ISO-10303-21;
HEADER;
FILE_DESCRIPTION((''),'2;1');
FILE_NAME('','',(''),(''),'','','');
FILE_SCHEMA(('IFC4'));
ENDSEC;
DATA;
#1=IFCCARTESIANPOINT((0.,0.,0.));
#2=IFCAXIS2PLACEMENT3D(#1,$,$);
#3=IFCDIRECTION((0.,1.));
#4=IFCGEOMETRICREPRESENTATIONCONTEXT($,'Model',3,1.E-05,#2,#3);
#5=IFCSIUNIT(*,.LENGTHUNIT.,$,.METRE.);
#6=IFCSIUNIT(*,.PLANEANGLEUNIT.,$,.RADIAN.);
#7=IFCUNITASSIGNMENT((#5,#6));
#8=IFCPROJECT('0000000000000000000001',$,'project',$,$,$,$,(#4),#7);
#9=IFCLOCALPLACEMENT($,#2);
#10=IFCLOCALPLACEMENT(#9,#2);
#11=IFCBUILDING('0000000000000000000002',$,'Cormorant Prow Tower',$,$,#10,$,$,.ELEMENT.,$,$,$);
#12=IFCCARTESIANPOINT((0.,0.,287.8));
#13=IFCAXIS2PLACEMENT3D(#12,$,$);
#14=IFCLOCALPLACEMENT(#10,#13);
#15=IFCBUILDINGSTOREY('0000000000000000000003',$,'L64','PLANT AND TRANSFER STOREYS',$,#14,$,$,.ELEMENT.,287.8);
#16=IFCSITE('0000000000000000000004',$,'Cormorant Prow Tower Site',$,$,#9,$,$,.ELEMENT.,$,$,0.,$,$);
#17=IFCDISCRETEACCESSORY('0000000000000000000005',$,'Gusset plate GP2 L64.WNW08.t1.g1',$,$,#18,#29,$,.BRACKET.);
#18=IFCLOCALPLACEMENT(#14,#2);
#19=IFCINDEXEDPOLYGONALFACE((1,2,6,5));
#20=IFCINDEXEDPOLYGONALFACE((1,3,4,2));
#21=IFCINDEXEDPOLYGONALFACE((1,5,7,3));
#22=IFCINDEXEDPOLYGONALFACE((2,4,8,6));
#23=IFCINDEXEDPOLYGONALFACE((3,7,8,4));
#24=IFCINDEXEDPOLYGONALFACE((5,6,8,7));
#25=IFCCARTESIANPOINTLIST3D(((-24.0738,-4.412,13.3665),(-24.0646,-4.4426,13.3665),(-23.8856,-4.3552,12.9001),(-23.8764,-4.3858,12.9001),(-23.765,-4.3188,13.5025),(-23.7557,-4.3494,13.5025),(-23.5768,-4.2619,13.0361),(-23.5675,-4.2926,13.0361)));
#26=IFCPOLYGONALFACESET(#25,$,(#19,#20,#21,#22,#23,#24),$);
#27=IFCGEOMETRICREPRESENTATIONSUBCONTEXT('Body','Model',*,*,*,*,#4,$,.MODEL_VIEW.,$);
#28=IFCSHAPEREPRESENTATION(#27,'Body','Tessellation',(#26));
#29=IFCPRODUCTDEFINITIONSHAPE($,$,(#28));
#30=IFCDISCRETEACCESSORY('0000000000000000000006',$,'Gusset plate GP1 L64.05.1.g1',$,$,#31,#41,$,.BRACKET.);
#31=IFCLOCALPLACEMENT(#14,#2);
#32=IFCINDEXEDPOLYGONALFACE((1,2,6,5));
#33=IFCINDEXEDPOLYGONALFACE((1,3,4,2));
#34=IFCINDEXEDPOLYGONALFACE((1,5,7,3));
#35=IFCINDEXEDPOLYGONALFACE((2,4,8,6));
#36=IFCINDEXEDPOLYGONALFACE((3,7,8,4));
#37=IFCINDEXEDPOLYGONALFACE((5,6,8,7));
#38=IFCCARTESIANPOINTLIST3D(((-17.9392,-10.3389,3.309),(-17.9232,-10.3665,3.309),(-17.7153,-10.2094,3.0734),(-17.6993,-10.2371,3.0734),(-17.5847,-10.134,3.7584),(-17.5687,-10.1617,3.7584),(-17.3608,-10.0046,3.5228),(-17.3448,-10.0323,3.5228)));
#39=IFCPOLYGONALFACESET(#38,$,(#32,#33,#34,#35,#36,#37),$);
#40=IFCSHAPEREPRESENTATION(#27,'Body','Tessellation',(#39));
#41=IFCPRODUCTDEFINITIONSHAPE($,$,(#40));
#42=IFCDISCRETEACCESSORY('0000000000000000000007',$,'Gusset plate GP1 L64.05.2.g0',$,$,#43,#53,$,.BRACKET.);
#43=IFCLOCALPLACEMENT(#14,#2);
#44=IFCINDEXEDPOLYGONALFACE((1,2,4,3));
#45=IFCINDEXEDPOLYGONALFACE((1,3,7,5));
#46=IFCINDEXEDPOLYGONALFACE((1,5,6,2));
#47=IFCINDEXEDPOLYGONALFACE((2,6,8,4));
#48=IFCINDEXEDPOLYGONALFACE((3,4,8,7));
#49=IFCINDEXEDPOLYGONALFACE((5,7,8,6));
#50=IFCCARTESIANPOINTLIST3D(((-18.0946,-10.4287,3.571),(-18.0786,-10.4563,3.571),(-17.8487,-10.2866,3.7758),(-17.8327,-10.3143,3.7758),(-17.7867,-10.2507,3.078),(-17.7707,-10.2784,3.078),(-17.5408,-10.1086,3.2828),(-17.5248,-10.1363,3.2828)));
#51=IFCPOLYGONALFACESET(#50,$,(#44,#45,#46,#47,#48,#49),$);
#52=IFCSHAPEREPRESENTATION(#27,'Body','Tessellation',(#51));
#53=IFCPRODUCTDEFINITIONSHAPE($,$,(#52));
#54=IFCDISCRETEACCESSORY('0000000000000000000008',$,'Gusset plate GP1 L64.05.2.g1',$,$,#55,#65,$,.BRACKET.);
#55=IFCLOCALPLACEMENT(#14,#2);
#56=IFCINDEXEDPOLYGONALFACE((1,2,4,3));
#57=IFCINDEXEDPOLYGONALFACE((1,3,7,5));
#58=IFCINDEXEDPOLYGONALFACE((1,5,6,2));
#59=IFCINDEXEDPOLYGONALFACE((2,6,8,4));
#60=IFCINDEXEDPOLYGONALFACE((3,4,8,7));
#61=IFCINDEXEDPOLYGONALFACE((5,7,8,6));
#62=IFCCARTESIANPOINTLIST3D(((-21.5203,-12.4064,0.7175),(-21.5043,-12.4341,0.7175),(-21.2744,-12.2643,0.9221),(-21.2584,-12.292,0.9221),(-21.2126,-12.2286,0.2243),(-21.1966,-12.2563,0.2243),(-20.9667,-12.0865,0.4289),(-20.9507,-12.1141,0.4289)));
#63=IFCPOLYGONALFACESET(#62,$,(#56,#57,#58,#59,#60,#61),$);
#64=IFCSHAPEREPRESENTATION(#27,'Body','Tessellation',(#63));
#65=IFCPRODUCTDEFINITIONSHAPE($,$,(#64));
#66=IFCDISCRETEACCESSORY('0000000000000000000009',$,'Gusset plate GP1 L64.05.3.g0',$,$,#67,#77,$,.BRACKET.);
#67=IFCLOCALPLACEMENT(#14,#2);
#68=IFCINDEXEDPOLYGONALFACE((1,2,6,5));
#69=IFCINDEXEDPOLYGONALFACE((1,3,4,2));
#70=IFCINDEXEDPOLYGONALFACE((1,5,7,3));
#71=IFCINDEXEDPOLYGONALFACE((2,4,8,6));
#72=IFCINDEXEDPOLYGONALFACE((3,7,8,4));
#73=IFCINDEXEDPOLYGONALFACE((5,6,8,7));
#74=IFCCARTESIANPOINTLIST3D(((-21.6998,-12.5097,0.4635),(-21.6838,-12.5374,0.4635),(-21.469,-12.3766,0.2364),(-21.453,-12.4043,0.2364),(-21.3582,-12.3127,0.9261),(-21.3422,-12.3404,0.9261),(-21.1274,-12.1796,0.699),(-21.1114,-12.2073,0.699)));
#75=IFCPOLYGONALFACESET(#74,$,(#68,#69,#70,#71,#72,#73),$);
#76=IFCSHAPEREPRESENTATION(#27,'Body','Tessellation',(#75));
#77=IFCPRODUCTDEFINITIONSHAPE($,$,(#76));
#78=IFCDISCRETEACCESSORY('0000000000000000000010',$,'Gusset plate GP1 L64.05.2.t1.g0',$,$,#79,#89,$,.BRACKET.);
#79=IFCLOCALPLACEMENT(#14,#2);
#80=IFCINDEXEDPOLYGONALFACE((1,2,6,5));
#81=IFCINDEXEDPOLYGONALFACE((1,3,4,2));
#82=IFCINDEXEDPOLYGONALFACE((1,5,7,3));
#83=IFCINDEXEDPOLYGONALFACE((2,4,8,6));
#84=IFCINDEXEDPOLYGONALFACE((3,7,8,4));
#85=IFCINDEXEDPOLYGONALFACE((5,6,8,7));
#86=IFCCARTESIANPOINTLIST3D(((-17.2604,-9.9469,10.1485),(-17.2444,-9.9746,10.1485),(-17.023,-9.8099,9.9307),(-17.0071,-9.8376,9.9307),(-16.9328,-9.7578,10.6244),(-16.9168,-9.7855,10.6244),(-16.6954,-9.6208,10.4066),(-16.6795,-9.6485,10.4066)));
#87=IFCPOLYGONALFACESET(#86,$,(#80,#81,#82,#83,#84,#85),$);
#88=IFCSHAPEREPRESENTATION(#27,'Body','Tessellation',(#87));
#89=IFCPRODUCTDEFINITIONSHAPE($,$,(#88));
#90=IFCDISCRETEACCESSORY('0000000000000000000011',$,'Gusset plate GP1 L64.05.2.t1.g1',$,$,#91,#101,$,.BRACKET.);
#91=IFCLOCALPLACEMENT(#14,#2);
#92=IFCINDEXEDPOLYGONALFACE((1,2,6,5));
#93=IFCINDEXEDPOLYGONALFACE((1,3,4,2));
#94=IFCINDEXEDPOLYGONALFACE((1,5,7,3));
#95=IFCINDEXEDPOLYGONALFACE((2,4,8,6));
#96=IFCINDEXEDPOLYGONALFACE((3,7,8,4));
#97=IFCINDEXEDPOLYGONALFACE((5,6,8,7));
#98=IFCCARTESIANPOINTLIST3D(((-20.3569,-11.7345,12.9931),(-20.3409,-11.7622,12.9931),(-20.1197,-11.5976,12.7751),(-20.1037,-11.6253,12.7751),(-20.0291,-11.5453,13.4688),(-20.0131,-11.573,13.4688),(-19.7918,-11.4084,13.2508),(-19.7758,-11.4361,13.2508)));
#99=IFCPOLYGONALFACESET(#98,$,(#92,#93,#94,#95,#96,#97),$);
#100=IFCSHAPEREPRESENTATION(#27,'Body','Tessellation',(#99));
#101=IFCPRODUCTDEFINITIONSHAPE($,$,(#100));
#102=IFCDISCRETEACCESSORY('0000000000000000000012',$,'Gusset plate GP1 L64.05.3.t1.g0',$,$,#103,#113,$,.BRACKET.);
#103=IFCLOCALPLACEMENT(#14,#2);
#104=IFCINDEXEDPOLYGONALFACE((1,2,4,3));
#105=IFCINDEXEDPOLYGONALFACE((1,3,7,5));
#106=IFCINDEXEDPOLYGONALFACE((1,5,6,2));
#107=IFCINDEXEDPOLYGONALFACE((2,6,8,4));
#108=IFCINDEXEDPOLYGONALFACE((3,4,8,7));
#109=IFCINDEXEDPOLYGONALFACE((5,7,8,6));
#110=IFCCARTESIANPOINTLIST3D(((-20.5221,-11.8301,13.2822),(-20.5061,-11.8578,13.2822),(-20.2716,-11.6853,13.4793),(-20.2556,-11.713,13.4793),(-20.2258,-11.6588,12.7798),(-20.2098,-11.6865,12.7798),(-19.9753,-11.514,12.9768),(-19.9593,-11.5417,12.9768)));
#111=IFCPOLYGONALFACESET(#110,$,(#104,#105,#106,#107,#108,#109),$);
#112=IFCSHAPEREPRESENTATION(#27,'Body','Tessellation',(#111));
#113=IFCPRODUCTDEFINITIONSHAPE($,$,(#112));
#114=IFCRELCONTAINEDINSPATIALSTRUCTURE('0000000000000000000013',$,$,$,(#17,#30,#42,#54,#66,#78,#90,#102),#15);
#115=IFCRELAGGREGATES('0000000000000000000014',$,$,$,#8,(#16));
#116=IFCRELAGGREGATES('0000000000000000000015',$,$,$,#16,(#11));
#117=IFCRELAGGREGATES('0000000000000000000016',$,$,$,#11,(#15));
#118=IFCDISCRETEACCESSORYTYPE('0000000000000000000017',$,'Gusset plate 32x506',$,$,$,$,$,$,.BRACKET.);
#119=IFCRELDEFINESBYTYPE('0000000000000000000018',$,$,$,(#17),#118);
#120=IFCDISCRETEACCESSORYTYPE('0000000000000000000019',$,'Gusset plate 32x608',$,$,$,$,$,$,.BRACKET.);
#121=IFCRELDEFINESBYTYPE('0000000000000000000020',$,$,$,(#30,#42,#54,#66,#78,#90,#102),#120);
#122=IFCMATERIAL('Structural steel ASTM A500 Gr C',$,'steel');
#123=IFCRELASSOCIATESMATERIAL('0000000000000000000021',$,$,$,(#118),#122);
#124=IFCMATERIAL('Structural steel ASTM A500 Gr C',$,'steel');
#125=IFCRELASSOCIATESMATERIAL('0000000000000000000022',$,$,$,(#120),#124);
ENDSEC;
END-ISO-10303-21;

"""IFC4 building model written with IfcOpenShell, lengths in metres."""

from ifc_helpers import new_model, si_unit, direction, frame, origin, origin_2d, place, context, subcontext, project, spatial, rectangle, extrude, material, material_profile, profile_set, type_object, element, save


model = new_model("IFC4")

# Units and contexts
model_context = context("Model", 3, precision=1e-05, world=origin(), true_north=direction((0.0, 1.0)))
body_context = subcontext(model_context, "Body", "Model", "MODEL_VIEW")
ifc_project = project(units=[si_unit("LENGTHUNIT", "METRE"), si_unit("PLANEANGLEUNIT", "RADIAN")], contexts=[model_context])

# Site, building, storey
site_placement = place(None, origin())
site = spatial("IfcSite", under=ifc_project, at=site_placement, Name="Cormorant Prow Tower Site", CompositionType="ELEMENT", RefElevation=0.0)
building_placement = place(site_placement, origin())
building = spatial("IfcBuilding", under=site, at=building_placement, Name="Cormorant Prow Tower", CompositionType="ELEMENT")
storey_placement = place(building_placement, frame((0.0, 0.0, 287.8)))
storey = spatial("IfcBuildingStorey", under=building, at=storey_placement, Name="L64", Description="PLANT AND TRANSFER STOREYS", CompositionType="ELEMENT", Elevation=287.8)

# Discrete accessories
ifc_material_1 = material(Name="Structural steel ASTM A500 Gr C", Category="steel")
ifc_material_profile_1 = material_profile(ifc_material_1, rectangle(XDim=0.032, YDim=0.5061, at=origin_2d()), Name="Gusset plate 32x506")
ifc_profile_set_1 = profile_set([ifc_material_profile_1], Name="Structural steel ASTM A500 Gr C")
discrete_accessory_type_1 = type_object("IfcDiscreteAccessoryType", Name="Gusset plate 32x506", PredefinedType="BRACKET", material=ifc_profile_set_1)
discrete_accessory_1_placement = place(storey_placement, frame((-23.9751, -4.3989, 13.1333), z_axis=(0.882139, 0.266385, 0.38842), x_axis=(-0.289083, 0.957304, 0.0)))
element("IfcDiscreteAccessory", 1, at=discrete_accessory_1_placement, inside=storey, type_object=discrete_accessory_type_1, Name="Gusset plate GP2 L64.WNW08.t1.g1", PredefinedType="BRACKET", context=body_context, shape_type="SweptSolid", body=[
    extrude(rectangle(XDim=0.032, YDim=0.5061, at=origin_2d()), origin(), (0.0, 0.0, 1.0), 0.3501),
])
ifc_material_2 = material(Name="Structural steel ASTM A500 Gr C", Category="steel")
ifc_material_profile_2 = material_profile(ifc_material_2, rectangle(XDim=0.032, YDim=0.6079, at=origin_2d()), Name="Gusset plate 32x608")
ifc_profile_set_2 = profile_set([ifc_material_profile_2], Name="Structural steel ASTM A500 Gr C")
discrete_accessory_type_2 = type_object("IfcDiscreteAccessoryType", Name="Gusset plate 32x608", PredefinedType="BRACKET", material=ifc_profile_set_2)
discrete_accessory_2_placement = place(storey_placement, frame((-17.53, -10.1208, 3.2981), z_axis=(-0.63999, -0.369896, 0.67349), x_axis=(0.500403, -0.865792, 0.0)))
element("IfcDiscreteAccessory", 2, at=discrete_accessory_2_placement, inside=storey, type_object=discrete_accessory_type_2, Name="Gusset plate GP1 L64.05.1.g1", PredefinedType="BRACKET", context=body_context, shape_type="SweptSolid", body=[
    extrude(rectangle(XDim=0.032, YDim=0.6079, at=origin_2d()), origin(), (0.0, 0.0, 1.0), 0.3499),
])
for number, where, z_axis, x_axis, name in (
    (3, (-17.9326, -10.3535, 3.3245), (0.702174, 0.405824, 0.585029), (-0.500392, 0.865799, 0.0), "Gusset plate GP1 L64.05.2.g0"),
    (4, (-21.1125, -12.1892, 0.6755), (-0.70246, -0.40599, -0.58457), (0.500392, -0.865799, 0.0), "Gusset plate GP1 L64.05.2.g1"),
    (5, (-21.521, -12.425, 0.6948), (0.659221, 0.380186, -0.648757), (-0.49959, 0.866262, 0.0), "Gusset plate GP1 L64.05.3.g0"),
    (6, (-17.0886, -9.8662, 10.3865), (0.67802, 0.391326, -0.622216), (-0.499877, 0.866097, 0.0), "Gusset plate GP1 L64.05.2.t1.g0"),
    (7, (-19.9478, -11.5168, 13.0129), (-0.677726, -0.391157, 0.622643), (0.499877, -0.866097, 0.0), "Gusset plate GP1 L64.05.2.t1.g1"),
    (8, (-20.366, -11.7583, 13.031), (0.715617, 0.413607, 0.562869), (-0.500404, 0.865792, 0.0), "Gusset plate GP1 L64.05.3.t1.g0"),
):
    element("IfcDiscreteAccessory", number, at=place(storey_placement, frame(where, z_axis=z_axis, x_axis=x_axis)), inside=storey, type_object=discrete_accessory_type_2, Name=name, PredefinedType="BRACKET", context=body_context, shape_type="SweptSolid", body=[
        extrude(rectangle(XDim=0.032, YDim=0.6079, at=origin_2d()), origin(), (0.0, 0.0, 1.0), 0.3501),
    ])

save(model, "model.ifc")
